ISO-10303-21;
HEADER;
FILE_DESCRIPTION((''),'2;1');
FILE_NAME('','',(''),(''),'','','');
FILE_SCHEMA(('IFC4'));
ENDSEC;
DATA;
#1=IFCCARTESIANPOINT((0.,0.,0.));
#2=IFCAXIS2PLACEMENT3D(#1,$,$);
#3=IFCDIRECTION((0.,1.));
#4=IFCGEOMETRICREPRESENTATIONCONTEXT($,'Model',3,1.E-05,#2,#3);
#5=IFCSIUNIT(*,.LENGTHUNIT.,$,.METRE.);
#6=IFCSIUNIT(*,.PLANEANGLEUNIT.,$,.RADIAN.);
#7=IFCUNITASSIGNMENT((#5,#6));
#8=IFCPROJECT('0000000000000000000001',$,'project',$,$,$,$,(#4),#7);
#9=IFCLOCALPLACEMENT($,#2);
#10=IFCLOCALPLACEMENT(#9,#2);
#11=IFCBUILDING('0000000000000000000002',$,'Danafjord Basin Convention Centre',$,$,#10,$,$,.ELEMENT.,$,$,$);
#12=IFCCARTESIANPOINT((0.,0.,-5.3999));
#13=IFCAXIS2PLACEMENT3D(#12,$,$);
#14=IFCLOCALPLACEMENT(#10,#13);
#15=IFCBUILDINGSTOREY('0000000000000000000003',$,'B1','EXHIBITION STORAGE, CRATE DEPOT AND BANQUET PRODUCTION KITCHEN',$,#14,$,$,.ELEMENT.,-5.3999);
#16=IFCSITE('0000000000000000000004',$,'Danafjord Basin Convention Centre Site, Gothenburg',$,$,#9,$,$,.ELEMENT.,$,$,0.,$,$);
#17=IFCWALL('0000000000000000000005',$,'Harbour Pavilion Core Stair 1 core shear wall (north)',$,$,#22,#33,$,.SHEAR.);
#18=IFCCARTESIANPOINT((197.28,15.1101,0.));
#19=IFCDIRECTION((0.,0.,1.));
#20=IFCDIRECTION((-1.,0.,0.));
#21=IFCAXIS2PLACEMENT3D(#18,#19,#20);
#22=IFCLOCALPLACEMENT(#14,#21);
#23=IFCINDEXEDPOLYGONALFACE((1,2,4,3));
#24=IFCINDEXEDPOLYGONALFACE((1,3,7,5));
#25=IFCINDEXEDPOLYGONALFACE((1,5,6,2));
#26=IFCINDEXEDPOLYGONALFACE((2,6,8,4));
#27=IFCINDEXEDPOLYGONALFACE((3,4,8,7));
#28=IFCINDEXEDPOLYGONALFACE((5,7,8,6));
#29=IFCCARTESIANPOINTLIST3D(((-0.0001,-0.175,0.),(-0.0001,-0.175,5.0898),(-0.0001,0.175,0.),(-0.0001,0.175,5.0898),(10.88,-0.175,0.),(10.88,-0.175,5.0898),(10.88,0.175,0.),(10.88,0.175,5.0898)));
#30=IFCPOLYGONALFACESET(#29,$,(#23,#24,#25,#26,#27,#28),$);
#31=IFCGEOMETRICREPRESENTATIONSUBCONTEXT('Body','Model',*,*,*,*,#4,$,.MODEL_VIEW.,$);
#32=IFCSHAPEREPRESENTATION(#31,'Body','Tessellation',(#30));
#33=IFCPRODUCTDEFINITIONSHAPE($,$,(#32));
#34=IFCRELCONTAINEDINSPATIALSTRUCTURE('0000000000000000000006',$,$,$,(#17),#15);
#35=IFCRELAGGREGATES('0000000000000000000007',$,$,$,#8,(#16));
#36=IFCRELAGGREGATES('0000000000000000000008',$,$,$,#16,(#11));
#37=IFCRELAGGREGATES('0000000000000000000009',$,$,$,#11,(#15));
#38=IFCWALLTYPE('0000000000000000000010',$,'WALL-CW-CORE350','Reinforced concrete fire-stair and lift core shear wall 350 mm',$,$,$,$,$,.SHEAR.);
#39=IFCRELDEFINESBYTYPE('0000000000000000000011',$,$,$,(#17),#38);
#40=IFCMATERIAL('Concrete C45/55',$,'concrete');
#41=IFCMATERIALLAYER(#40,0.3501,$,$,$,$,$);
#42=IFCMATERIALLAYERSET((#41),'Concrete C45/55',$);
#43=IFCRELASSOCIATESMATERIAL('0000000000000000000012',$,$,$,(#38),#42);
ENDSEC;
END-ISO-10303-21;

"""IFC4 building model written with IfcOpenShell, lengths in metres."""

from ifc_helpers import new_model, si_unit, direction, frame, frame_2d, origin, place, context, subcontext, project, spatial, rectangle, extrude, material, layer, layer_set, type_object, element, save


model = new_model("IFC4")

# Units and contexts
model_context = context("Model", 3, precision=1e-05, world=origin(), true_north=direction((0.0, 1.0)))
body_context = subcontext(model_context, "Body", "Model", "MODEL_VIEW")
ifc_project = project(units=[si_unit("LENGTHUNIT", "METRE"), si_unit("PLANEANGLEUNIT", "RADIAN")], contexts=[model_context])

# Site, building, storey
site_placement = place(None, origin())
site = spatial("IfcSite", under=ifc_project, at=site_placement, Name="Danafjord Basin Convention Centre Site, Gothenburg", CompositionType="ELEMENT", RefElevation=0.0)
building_placement = place(site_placement, origin())
building = spatial("IfcBuilding", under=site, at=building_placement, Name="Danafjord Basin Convention Centre", CompositionType="ELEMENT")
storey_placement = place(building_placement, frame((0.0, 0.0, -5.3999)))
storey = spatial("IfcBuildingStorey", under=building, at=storey_placement, Name="B1", Description="EXHIBITION STORAGE, CRATE DEPOT AND BANQUET PRODUCTION KITCHEN", CompositionType="ELEMENT", Elevation=-5.3999)

# Shared definitions
ifc_material_1 = material(Name="Concrete C45/55", Category="concrete")

# Shared definitions
ifc_layer_1 = layer(ifc_material_1, 0.3501)
ifc_layer_set_1 = layer_set([ifc_layer_1], Name="Concrete C45/55")
wall_type_1 = type_object("IfcWallType", Name="WALL-CW-CORE350", Description="Reinforced concrete fire-stair and lift core shear wall 350 mm", PredefinedType="SHEAR", material=ifc_layer_set_1)

# Wall
wall_1_placement = place(storey_placement, frame((197.28, 15.1101, 0.0), z_axis=(0.0, 0.0, 1.0), x_axis=(-1.0, 0.0, 0.0)))
element("IfcWall", 1, at=wall_1_placement, inside=storey, type_object=wall_type_1, Name="Harbour Pavilion Core Stair 1 core shear wall (north)", PredefinedType="SHEAR", context=body_context, shape_type="SweptSolid", body=[
    extrude(rectangle(XDim=10.8801, YDim=0.3501, at=frame_2d((5.4399, 0.0))), origin(), (0.0, 0.0, 1.0), 5.0898),
])

save(model, "model.ifc")
